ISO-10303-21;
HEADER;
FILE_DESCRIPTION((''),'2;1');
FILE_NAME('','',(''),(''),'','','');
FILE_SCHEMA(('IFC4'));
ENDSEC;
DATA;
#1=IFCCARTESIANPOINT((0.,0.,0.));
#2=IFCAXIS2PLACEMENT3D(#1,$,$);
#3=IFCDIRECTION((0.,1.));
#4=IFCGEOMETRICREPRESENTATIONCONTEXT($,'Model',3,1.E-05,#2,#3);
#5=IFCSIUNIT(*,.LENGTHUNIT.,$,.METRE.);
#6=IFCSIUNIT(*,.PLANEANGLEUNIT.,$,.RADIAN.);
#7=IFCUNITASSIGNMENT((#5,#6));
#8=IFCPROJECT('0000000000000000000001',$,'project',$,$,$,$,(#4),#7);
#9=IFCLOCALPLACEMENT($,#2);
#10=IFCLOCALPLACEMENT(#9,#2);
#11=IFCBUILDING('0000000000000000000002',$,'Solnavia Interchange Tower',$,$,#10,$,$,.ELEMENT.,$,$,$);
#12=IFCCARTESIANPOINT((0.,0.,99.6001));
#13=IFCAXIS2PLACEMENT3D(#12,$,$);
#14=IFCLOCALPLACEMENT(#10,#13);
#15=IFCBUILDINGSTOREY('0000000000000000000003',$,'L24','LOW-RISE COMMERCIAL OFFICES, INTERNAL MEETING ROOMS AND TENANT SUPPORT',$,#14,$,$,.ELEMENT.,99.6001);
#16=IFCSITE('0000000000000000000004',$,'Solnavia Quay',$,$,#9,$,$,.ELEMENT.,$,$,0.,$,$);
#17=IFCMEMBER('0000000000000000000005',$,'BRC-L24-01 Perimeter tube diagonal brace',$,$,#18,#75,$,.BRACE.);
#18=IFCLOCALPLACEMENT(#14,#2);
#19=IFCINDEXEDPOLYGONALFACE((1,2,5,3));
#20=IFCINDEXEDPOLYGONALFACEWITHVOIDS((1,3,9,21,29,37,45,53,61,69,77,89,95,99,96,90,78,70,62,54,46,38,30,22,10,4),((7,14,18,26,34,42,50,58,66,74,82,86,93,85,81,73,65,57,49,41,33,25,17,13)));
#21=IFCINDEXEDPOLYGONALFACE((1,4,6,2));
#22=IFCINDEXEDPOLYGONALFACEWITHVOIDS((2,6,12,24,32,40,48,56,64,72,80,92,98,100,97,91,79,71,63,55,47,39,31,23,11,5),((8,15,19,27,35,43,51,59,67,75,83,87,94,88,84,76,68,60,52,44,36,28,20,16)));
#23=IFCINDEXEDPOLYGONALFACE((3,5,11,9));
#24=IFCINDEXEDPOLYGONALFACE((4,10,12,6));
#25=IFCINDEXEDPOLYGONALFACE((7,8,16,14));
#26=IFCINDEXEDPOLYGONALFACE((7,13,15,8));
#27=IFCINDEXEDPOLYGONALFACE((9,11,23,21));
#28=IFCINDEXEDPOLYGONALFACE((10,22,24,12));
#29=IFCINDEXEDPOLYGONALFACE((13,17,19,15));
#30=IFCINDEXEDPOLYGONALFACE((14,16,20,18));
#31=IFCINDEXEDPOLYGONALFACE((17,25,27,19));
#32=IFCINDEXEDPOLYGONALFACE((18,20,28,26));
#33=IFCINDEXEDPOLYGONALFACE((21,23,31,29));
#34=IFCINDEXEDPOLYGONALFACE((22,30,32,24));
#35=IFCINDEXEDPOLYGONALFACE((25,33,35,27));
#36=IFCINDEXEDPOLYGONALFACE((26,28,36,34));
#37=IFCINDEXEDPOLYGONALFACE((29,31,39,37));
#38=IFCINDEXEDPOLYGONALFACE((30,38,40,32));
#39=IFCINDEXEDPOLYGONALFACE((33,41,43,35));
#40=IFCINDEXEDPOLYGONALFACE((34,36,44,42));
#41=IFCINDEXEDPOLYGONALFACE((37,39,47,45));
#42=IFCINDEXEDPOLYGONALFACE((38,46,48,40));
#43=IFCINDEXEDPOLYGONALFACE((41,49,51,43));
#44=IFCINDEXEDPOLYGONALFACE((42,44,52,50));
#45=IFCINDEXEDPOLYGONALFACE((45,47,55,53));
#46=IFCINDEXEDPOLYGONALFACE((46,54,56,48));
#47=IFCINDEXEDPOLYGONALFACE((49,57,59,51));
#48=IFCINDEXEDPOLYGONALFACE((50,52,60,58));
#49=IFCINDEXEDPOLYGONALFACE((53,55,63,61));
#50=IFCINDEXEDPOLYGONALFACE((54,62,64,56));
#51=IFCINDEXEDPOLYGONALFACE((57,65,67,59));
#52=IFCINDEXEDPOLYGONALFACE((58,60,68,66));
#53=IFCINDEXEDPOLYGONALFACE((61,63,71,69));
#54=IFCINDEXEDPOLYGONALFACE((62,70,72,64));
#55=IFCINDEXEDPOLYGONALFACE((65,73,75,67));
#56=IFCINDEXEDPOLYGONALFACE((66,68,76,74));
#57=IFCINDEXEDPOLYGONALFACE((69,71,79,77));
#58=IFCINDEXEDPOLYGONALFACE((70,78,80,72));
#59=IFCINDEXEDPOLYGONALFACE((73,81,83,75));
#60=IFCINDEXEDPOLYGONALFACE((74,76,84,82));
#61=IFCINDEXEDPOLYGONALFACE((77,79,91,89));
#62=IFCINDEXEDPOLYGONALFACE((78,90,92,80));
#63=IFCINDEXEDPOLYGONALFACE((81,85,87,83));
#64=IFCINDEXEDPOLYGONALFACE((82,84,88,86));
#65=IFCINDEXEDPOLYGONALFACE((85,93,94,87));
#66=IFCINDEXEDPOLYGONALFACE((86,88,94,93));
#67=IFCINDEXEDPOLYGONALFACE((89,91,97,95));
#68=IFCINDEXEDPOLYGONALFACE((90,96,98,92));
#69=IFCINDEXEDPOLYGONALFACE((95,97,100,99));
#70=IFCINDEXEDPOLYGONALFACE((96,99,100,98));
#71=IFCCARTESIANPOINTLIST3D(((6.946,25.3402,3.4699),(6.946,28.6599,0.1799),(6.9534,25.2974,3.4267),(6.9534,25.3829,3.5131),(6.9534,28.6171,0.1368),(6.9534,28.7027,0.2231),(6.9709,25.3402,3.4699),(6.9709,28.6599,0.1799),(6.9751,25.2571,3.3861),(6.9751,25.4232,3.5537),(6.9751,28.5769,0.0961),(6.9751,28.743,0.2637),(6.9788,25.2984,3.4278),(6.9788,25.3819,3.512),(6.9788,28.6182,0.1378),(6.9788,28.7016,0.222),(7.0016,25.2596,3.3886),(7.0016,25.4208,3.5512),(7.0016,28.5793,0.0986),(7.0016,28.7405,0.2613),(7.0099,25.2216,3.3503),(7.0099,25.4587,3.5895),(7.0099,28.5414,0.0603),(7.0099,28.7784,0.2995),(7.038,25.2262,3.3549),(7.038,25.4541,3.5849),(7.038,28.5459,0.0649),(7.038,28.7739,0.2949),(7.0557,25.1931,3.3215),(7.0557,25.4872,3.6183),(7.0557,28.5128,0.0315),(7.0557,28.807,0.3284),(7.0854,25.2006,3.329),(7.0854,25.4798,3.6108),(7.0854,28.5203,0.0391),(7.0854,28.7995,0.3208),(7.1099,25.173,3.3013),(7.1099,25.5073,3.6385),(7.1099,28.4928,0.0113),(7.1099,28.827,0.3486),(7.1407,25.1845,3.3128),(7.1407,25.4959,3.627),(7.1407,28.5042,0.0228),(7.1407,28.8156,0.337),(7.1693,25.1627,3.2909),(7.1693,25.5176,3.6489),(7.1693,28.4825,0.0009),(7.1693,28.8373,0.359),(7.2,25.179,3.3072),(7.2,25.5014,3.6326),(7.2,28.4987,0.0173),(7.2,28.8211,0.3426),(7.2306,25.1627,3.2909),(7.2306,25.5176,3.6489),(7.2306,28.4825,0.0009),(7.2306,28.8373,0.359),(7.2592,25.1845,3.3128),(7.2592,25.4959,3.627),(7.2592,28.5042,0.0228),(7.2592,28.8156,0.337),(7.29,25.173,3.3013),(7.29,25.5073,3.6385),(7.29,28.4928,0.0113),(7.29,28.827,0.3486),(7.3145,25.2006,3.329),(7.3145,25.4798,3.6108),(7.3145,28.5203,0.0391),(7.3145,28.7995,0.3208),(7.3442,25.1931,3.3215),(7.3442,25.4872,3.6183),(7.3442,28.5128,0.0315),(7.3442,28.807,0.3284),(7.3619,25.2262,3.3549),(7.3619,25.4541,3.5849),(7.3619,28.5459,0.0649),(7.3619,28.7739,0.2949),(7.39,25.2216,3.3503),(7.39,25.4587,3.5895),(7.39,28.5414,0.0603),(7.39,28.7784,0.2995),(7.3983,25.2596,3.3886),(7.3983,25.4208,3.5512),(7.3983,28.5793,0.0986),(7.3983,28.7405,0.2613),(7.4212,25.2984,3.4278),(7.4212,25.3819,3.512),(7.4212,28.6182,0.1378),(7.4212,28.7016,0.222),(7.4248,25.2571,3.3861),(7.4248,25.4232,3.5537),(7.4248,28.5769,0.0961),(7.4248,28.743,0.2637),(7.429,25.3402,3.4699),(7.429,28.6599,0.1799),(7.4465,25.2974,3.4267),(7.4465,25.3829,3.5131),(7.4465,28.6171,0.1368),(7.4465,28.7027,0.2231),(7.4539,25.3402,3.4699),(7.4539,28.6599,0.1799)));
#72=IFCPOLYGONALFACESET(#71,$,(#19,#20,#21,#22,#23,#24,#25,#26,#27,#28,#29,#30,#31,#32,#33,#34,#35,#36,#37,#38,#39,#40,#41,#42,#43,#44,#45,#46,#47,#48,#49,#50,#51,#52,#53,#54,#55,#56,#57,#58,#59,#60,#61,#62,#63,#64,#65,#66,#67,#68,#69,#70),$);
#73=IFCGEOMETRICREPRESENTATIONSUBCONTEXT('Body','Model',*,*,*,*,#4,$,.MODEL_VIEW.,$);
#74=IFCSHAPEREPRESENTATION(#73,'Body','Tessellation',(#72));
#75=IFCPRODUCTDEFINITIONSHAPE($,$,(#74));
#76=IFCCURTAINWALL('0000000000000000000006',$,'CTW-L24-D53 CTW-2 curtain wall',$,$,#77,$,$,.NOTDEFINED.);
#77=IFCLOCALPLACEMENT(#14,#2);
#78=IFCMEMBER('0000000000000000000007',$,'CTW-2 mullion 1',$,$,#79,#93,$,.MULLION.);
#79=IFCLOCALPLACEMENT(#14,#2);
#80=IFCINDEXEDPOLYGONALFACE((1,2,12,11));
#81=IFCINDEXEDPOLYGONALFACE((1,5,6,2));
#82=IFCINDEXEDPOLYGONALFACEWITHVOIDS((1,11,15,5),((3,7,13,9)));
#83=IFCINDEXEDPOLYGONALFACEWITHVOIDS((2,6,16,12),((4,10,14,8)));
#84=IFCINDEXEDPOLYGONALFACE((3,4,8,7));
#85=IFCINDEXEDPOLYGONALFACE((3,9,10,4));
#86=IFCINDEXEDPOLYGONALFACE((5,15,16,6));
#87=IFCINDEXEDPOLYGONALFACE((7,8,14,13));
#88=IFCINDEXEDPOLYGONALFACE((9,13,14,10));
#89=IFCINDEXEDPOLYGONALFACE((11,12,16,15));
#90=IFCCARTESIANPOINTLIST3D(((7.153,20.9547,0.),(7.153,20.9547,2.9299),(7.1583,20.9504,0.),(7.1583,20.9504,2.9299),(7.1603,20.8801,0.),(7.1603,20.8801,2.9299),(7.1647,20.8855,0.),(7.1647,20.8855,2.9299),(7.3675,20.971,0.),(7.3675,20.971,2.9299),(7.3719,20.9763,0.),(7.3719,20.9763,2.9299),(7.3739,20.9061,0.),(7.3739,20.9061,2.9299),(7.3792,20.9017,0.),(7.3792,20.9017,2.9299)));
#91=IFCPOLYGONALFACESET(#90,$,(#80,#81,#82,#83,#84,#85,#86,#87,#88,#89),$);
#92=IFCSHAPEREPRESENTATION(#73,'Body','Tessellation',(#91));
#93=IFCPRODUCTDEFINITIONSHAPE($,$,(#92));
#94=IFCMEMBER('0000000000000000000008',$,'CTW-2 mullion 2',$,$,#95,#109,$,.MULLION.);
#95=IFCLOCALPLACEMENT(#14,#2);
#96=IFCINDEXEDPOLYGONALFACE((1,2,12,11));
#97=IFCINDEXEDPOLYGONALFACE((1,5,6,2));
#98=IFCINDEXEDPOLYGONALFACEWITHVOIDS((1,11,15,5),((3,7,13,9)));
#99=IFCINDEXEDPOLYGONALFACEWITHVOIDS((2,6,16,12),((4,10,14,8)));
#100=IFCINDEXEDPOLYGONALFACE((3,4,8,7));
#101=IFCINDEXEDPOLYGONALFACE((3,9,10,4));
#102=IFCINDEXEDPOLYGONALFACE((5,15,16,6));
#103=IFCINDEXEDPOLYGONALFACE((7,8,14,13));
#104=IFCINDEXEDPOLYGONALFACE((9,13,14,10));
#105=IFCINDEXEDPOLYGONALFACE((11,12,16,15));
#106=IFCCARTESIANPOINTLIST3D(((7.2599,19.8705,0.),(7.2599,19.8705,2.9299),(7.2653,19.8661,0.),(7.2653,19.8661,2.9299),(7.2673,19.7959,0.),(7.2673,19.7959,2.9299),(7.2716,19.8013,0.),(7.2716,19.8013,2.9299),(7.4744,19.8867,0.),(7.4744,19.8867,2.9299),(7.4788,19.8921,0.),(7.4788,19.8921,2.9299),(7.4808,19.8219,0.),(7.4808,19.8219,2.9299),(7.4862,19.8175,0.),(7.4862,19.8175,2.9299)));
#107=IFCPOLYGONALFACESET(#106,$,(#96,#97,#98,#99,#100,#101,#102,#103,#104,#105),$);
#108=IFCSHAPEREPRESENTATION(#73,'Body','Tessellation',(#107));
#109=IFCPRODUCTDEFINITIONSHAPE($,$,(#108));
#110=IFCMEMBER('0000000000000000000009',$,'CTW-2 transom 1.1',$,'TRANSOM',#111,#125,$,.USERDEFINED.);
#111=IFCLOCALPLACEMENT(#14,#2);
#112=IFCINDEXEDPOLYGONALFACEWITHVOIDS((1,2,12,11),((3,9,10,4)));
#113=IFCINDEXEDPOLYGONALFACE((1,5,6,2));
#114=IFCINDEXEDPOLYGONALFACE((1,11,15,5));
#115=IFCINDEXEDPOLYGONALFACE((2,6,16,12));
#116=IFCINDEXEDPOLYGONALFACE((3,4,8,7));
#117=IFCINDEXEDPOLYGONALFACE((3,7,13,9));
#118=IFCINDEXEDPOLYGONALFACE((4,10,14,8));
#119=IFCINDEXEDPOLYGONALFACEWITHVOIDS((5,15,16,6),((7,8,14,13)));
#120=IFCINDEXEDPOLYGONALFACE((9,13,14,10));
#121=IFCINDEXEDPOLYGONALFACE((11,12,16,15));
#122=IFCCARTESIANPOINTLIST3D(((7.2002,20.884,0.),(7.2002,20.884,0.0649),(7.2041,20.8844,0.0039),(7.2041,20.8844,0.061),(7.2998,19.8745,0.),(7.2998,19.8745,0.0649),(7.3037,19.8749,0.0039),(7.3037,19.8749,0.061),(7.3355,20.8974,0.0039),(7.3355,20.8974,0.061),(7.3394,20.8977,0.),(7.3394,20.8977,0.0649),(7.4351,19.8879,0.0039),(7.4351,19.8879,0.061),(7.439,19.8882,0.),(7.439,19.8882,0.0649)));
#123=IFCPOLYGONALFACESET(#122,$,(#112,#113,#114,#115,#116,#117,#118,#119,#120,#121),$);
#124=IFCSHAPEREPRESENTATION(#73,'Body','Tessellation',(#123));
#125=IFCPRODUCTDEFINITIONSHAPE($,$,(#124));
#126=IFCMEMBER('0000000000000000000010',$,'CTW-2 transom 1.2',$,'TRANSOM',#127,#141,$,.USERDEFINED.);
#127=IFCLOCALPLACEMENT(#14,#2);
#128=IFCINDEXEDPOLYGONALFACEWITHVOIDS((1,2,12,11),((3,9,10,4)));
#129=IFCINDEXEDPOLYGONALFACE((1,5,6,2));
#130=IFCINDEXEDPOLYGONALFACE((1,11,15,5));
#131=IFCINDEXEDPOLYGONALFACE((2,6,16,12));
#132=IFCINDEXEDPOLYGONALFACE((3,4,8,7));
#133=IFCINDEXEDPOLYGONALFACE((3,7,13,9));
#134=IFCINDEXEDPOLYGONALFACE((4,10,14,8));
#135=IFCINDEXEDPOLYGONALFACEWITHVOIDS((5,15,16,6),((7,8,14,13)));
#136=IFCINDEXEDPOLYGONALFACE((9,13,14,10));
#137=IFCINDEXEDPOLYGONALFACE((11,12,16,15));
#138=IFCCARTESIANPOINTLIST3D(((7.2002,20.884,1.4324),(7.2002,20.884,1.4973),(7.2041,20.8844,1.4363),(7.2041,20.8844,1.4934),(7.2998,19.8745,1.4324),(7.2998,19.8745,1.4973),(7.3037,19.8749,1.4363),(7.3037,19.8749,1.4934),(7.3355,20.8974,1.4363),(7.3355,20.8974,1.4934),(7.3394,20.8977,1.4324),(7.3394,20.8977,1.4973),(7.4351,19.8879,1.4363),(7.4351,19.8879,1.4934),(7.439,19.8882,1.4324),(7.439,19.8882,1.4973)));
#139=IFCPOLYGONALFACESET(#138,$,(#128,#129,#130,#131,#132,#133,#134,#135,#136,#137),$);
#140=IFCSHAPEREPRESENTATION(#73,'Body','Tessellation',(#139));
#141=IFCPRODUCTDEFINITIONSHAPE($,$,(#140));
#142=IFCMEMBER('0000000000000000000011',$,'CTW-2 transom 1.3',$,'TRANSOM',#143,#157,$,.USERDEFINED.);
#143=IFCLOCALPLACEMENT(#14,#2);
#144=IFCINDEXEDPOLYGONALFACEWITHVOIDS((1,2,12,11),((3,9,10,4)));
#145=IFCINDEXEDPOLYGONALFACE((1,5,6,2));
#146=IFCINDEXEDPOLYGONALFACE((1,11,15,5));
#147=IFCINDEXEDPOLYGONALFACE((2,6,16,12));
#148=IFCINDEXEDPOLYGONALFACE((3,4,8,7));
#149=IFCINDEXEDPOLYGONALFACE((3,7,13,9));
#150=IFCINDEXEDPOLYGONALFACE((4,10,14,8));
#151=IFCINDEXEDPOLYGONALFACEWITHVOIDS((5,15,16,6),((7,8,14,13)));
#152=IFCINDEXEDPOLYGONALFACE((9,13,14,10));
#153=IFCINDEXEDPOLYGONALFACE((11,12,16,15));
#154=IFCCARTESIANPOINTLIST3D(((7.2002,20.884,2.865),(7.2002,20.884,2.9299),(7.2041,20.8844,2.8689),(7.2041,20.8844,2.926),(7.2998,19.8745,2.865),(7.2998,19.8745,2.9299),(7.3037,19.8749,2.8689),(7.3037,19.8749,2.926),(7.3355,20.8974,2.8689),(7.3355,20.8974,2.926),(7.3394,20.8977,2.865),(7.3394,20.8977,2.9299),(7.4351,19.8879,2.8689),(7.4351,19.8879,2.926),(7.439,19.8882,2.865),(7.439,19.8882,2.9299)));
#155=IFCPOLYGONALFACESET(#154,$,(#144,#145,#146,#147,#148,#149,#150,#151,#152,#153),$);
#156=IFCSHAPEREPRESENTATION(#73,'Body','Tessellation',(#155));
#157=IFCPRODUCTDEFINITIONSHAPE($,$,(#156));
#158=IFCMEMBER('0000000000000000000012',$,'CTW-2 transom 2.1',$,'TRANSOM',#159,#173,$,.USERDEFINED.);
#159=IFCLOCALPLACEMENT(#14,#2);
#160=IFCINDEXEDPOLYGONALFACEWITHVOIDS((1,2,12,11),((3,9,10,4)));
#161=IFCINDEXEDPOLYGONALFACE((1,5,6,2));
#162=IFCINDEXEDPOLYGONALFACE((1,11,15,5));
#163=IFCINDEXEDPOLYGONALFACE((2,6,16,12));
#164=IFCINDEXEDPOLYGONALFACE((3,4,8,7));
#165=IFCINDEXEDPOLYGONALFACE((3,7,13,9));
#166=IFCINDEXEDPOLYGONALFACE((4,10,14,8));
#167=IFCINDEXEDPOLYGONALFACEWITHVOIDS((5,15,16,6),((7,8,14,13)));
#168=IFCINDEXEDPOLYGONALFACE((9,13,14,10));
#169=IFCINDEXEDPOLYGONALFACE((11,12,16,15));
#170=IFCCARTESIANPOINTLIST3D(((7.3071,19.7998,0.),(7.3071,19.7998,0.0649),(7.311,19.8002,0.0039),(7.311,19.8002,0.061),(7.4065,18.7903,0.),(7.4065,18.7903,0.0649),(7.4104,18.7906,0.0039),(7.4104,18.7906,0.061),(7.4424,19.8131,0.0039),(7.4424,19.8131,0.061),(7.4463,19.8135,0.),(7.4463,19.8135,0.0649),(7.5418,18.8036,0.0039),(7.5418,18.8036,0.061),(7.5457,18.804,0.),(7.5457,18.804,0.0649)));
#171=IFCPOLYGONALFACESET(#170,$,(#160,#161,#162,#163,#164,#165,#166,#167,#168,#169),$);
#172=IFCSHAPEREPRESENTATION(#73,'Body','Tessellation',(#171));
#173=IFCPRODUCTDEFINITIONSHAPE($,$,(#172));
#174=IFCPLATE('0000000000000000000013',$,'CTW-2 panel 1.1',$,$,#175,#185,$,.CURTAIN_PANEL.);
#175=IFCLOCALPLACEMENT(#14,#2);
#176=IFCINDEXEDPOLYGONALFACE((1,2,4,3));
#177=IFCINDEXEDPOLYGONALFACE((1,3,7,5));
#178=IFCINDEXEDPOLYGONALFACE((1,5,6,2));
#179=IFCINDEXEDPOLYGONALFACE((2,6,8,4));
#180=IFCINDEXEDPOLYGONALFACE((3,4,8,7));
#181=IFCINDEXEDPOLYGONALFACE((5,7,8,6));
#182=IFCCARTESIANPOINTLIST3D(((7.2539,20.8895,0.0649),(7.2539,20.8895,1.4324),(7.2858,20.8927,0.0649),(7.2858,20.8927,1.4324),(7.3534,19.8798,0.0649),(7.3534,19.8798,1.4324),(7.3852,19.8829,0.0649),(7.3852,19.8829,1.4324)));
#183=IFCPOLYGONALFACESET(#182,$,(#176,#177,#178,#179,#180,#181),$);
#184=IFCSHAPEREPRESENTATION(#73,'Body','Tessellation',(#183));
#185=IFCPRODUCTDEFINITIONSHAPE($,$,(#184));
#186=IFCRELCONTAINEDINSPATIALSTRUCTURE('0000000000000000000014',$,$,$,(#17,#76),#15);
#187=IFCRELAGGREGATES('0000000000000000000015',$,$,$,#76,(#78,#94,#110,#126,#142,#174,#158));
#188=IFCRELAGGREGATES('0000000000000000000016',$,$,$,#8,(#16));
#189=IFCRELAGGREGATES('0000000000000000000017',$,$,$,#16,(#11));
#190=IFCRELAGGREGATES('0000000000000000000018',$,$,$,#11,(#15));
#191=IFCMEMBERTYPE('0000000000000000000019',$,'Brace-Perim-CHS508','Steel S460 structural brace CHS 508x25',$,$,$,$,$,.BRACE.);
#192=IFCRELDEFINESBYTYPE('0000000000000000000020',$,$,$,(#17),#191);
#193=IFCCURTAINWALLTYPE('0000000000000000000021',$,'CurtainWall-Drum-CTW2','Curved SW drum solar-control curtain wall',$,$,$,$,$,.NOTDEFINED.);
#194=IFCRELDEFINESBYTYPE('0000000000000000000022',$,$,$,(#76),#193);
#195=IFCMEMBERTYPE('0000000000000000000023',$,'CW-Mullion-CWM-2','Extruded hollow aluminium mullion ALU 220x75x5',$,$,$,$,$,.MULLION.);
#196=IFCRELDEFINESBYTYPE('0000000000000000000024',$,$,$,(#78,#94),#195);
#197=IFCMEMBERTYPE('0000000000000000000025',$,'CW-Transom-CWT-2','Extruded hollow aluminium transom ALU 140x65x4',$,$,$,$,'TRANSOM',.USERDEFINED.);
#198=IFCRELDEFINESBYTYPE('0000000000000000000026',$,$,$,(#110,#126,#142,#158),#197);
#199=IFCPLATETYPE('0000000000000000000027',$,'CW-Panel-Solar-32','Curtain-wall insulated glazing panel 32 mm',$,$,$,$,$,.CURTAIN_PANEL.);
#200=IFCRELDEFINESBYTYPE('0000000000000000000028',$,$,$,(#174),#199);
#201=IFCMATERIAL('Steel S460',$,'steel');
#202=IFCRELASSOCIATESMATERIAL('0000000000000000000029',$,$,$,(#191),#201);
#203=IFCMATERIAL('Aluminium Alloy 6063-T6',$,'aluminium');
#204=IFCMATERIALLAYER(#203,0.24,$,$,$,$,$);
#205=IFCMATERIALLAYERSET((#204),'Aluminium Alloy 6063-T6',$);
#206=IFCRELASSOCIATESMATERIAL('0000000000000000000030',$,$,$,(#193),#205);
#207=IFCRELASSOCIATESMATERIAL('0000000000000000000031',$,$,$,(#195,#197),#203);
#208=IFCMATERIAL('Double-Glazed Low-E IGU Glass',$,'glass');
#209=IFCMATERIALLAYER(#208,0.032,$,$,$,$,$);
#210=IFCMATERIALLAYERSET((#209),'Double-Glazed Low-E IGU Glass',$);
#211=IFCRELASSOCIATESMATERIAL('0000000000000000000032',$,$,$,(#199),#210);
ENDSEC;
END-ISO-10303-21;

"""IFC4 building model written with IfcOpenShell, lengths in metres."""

from ifc_helpers import new_model, si_unit, direction, frame, origin, origin_2d, place, context, subcontext, project, spatial, rectangle, hollow_rectangle, hollow_circle, extrude, material, layer, layer_set, material_profile, profile_set, type_object, element, aggregate, save


model = new_model("IFC4")

# Units and contexts
model_context = context("Model", 3, precision=1e-05, world=origin(), true_north=direction((0.0, 1.0)))
body_context = subcontext(model_context, "Body", "Model", "MODEL_VIEW")
ifc_project = project(units=[si_unit("LENGTHUNIT", "METRE"), si_unit("PLANEANGLEUNIT", "RADIAN")], contexts=[model_context])

# Site, building, storey
site_placement = place(None, origin())
site = spatial("IfcSite", under=ifc_project, at=site_placement, Name="Solnavia Quay", CompositionType="ELEMENT", RefElevation=0.0)
building_placement = place(site_placement, origin())
building = spatial("IfcBuilding", under=site, at=building_placement, Name="Solnavia Interchange Tower", CompositionType="ELEMENT")
storey_placement = place(building_placement, frame((0.0, 0.0, 99.6001)))
storey = spatial("IfcBuildingStorey", under=building, at=storey_placement, Name="L24", Description="LOW-RISE COMMERCIAL OFFICES, INTERNAL MEETING ROOMS AND TENANT SUPPORT", CompositionType="ELEMENT", Elevation=99.6001)

# Member
ifc_material_1 = material(Name="Steel S460", Category="steel")
ifc_material_profile_1 = material_profile(ifc_material_1, hollow_circle(Radius=0.2539, WallThickness=0.0249, at=origin_2d()), Name="CHS 508x25")
ifc_profile_set_1 = profile_set([ifc_material_profile_1], Name="Steel S460")
member_type_1 = type_object("IfcMemberType", Name="Brace-Perim-CHS508", Description="Steel S460 structural brace CHS 508x25", PredefinedType="BRACE", material=ifc_profile_set_1)
member_1_placement = place(storey_placement, frame((7.2, 28.6599, 0.1799), z_axis=(0.0, -0.710286, 0.703913), x_axis=(1.0, 0.0, 0.0)))
element("IfcMember", 1, at=member_1_placement, inside=storey, type_object=member_type_1, Name="BRC-L24-01 Perimeter tube diagonal brace", PredefinedType="BRACE", context=body_context, shape_type="SweptSolid", body=[
    extrude(hollow_circle(Radius=0.2539, WallThickness=0.0249, at=origin_2d()), origin(), (0.0, 0.0, 1.0), 4.6738),
])

# Curtain wall, members, plate
ifc_material_2 = material(Name="Aluminium Alloy 6063-T6", Category="aluminium")
ifc_layer_1 = layer(ifc_material_2, 0.24)
ifc_layer_set_1 = layer_set([ifc_layer_1], Name="Aluminium Alloy 6063-T6")
curtain_wall_type = type_object("IfcCurtainWallType", Name="CurtainWall-Drum-CTW2", Description="Curved SW drum solar-control curtain wall", PredefinedType="NOTDEFINED", material=ifc_layer_set_1)
curtain_wall_placement = place(storey_placement, origin())
curtain_wall = element("IfcCurtainWall", 2, at=curtain_wall_placement, inside=storey, type_object=curtain_wall_type, Name="CTW-L24-D53 CTW-2 curtain wall", PredefinedType="NOTDEFINED")
ifc_material_profile_2 = material_profile(ifc_material_2, hollow_rectangle(XDim=0.075, YDim=0.22, WallThickness=0.0049, at=origin_2d()), Name="ALU 220x75x5")
ifc_profile_set_2 = profile_set([ifc_material_profile_2], Name="Aluminium Alloy 6063-T6")
member_type_2 = type_object("IfcMemberType", Name="CW-Mullion-CWM-2", Description="Extruded hollow aluminium mullion ALU 220x75x5", PredefinedType="MULLION", material=ifc_profile_set_2)
member_2_placement = place(storey_placement, frame((7.2661, 20.9282, 0.0), z_axis=(0.0, 0.0, 1.0), x_axis=(0.098045, -0.995182, 0.0)))
member_2 = element("IfcMember", 3, at=member_2_placement, type_object=member_type_2, Name="CTW-2 mullion 1", PredefinedType="MULLION", context=body_context, shape_type="SweptSolid", body=[
    extrude(hollow_rectangle(XDim=0.075, YDim=0.22, WallThickness=0.0049, at=origin_2d()), origin(), (0.0, 0.0, 1.0), 2.9299),
])
member_3_placement = place(storey_placement, frame((7.373, 19.844, 0.0), z_axis=(0.0, 0.0, 1.0), x_axis=(0.098045, -0.995182, 0.0)))
member_3 = element("IfcMember", 4, at=member_3_placement, type_object=member_type_2, Name="CTW-2 mullion 2", PredefinedType="MULLION", context=body_context, shape_type="SweptSolid", body=[
    extrude(hollow_rectangle(XDim=0.075, YDim=0.22, WallThickness=0.0049, at=origin_2d()), origin(), (0.0, 0.0, 1.0), 2.9299),
])
ifc_material_profile_3 = material_profile(ifc_material_2, hollow_rectangle(XDim=0.0649, YDim=0.1399, WallThickness=0.0039, at=origin_2d()), Name="ALU 140x65x4")
ifc_profile_set_3 = profile_set([ifc_material_profile_3], Name="Aluminium Alloy 6063-T6")
member_type_3 = type_object("IfcMemberType", Name="CW-Transom-CWT-2", Description="Extruded hollow aluminium transom ALU 140x65x4", ElementType="TRANSOM", PredefinedType="USERDEFINED", material=ifc_profile_set_3)
member_4_placement = place(storey_placement, frame((7.2698, 20.8909, 0.0325), z_axis=(0.098193, -0.995167, 0.0), x_axis=(0.0, 0.0, 1.0)))
member_4 = element("IfcMember", 5, at=member_4_placement, type_object=member_type_3, Name="CTW-2 transom 1.1", ObjectType="TRANSOM", PredefinedType="USERDEFINED", context=body_context, shape_type="SweptSolid", body=[
    extrude(hollow_rectangle(XDim=0.0649, YDim=0.1399, WallThickness=0.0039, at=origin_2d()), origin(), (0.0, 0.0, 1.0), 1.0144),
])
member_5_placement = place(storey_placement, frame((7.2698, 20.8909, 1.4648), z_axis=(0.098193, -0.995167, 0.0), x_axis=(0.0, 0.0, 1.0)))
member_5 = element("IfcMember", 6, at=member_5_placement, type_object=member_type_3, Name="CTW-2 transom 1.2", ObjectType="TRANSOM", PredefinedType="USERDEFINED", context=body_context, shape_type="SweptSolid", body=[
    extrude(hollow_rectangle(XDim=0.0649, YDim=0.1399, WallThickness=0.0039, at=origin_2d()), origin(), (0.0, 0.0, 1.0), 1.0144),
])
member_6_placement = place(storey_placement, frame((7.2698, 20.8909, 2.8975), z_axis=(0.098193, -0.995167, 0.0), x_axis=(0.0, 0.0, 1.0)))
member_6 = element("IfcMember", 7, at=member_6_placement, type_object=member_type_3, Name="CTW-2 transom 1.3", ObjectType="TRANSOM", PredefinedType="USERDEFINED", context=body_context, shape_type="SweptSolid", body=[
    extrude(hollow_rectangle(XDim=0.0649, YDim=0.1399, WallThickness=0.0039, at=origin_2d()), origin(), (0.0, 0.0, 1.0), 1.0144),
])
member_7_placement = place(storey_placement, frame((7.3767, 19.8066, 0.0325), z_axis=(0.097955, -0.995191, 0.0), x_axis=(0.0, 0.0, 1.0)))
member_7 = element("IfcMember", 8, at=member_7_placement, type_object=member_type_3, Name="CTW-2 transom 2.1", ObjectType="TRANSOM", PredefinedType="USERDEFINED", context=body_context, shape_type="SweptSolid", body=[
    extrude(hollow_rectangle(XDim=0.0649, YDim=0.1399, WallThickness=0.0039, at=origin_2d()), origin(), (0.0, 0.0, 1.0), 1.0144),
])
ifc_material_3 = material(Name="Double-Glazed Low-E IGU Glass", Category="glass")
ifc_layer_2 = layer(ifc_material_3, 0.032)
ifc_layer_set_2 = layer_set([ifc_layer_2], Name="Double-Glazed Low-E IGU Glass")
plate_type_1 = type_object("IfcPlateType", Name="CW-Panel-Solar-32", Description="Curtain-wall insulated glazing panel 32 mm", PredefinedType="CURTAIN_PANEL", material=ifc_layer_set_2)
plate_1_placement = place(storey_placement, frame((7.3196, 20.3862, 0.0649), z_axis=(0.0, 0.0, 1.0), x_axis=(0.098045, -0.995182, 0.0)))
plate_1 = element("IfcPlate", 9, at=plate_1_placement, type_object=plate_type_1, Name="CTW-2 panel 1.1", PredefinedType="CURTAIN_PANEL", context=body_context, shape_type="SweptSolid", body=[
    extrude(rectangle(XDim=1.0146, YDim=0.032, at=origin_2d()), origin(), (0.0, 0.0, 1.0), 1.3674),
])
aggregate(curtain_wall, [member_2, member_3, member_4, member_5, member_6, plate_1, member_7])

save(model, "model.ifc")
